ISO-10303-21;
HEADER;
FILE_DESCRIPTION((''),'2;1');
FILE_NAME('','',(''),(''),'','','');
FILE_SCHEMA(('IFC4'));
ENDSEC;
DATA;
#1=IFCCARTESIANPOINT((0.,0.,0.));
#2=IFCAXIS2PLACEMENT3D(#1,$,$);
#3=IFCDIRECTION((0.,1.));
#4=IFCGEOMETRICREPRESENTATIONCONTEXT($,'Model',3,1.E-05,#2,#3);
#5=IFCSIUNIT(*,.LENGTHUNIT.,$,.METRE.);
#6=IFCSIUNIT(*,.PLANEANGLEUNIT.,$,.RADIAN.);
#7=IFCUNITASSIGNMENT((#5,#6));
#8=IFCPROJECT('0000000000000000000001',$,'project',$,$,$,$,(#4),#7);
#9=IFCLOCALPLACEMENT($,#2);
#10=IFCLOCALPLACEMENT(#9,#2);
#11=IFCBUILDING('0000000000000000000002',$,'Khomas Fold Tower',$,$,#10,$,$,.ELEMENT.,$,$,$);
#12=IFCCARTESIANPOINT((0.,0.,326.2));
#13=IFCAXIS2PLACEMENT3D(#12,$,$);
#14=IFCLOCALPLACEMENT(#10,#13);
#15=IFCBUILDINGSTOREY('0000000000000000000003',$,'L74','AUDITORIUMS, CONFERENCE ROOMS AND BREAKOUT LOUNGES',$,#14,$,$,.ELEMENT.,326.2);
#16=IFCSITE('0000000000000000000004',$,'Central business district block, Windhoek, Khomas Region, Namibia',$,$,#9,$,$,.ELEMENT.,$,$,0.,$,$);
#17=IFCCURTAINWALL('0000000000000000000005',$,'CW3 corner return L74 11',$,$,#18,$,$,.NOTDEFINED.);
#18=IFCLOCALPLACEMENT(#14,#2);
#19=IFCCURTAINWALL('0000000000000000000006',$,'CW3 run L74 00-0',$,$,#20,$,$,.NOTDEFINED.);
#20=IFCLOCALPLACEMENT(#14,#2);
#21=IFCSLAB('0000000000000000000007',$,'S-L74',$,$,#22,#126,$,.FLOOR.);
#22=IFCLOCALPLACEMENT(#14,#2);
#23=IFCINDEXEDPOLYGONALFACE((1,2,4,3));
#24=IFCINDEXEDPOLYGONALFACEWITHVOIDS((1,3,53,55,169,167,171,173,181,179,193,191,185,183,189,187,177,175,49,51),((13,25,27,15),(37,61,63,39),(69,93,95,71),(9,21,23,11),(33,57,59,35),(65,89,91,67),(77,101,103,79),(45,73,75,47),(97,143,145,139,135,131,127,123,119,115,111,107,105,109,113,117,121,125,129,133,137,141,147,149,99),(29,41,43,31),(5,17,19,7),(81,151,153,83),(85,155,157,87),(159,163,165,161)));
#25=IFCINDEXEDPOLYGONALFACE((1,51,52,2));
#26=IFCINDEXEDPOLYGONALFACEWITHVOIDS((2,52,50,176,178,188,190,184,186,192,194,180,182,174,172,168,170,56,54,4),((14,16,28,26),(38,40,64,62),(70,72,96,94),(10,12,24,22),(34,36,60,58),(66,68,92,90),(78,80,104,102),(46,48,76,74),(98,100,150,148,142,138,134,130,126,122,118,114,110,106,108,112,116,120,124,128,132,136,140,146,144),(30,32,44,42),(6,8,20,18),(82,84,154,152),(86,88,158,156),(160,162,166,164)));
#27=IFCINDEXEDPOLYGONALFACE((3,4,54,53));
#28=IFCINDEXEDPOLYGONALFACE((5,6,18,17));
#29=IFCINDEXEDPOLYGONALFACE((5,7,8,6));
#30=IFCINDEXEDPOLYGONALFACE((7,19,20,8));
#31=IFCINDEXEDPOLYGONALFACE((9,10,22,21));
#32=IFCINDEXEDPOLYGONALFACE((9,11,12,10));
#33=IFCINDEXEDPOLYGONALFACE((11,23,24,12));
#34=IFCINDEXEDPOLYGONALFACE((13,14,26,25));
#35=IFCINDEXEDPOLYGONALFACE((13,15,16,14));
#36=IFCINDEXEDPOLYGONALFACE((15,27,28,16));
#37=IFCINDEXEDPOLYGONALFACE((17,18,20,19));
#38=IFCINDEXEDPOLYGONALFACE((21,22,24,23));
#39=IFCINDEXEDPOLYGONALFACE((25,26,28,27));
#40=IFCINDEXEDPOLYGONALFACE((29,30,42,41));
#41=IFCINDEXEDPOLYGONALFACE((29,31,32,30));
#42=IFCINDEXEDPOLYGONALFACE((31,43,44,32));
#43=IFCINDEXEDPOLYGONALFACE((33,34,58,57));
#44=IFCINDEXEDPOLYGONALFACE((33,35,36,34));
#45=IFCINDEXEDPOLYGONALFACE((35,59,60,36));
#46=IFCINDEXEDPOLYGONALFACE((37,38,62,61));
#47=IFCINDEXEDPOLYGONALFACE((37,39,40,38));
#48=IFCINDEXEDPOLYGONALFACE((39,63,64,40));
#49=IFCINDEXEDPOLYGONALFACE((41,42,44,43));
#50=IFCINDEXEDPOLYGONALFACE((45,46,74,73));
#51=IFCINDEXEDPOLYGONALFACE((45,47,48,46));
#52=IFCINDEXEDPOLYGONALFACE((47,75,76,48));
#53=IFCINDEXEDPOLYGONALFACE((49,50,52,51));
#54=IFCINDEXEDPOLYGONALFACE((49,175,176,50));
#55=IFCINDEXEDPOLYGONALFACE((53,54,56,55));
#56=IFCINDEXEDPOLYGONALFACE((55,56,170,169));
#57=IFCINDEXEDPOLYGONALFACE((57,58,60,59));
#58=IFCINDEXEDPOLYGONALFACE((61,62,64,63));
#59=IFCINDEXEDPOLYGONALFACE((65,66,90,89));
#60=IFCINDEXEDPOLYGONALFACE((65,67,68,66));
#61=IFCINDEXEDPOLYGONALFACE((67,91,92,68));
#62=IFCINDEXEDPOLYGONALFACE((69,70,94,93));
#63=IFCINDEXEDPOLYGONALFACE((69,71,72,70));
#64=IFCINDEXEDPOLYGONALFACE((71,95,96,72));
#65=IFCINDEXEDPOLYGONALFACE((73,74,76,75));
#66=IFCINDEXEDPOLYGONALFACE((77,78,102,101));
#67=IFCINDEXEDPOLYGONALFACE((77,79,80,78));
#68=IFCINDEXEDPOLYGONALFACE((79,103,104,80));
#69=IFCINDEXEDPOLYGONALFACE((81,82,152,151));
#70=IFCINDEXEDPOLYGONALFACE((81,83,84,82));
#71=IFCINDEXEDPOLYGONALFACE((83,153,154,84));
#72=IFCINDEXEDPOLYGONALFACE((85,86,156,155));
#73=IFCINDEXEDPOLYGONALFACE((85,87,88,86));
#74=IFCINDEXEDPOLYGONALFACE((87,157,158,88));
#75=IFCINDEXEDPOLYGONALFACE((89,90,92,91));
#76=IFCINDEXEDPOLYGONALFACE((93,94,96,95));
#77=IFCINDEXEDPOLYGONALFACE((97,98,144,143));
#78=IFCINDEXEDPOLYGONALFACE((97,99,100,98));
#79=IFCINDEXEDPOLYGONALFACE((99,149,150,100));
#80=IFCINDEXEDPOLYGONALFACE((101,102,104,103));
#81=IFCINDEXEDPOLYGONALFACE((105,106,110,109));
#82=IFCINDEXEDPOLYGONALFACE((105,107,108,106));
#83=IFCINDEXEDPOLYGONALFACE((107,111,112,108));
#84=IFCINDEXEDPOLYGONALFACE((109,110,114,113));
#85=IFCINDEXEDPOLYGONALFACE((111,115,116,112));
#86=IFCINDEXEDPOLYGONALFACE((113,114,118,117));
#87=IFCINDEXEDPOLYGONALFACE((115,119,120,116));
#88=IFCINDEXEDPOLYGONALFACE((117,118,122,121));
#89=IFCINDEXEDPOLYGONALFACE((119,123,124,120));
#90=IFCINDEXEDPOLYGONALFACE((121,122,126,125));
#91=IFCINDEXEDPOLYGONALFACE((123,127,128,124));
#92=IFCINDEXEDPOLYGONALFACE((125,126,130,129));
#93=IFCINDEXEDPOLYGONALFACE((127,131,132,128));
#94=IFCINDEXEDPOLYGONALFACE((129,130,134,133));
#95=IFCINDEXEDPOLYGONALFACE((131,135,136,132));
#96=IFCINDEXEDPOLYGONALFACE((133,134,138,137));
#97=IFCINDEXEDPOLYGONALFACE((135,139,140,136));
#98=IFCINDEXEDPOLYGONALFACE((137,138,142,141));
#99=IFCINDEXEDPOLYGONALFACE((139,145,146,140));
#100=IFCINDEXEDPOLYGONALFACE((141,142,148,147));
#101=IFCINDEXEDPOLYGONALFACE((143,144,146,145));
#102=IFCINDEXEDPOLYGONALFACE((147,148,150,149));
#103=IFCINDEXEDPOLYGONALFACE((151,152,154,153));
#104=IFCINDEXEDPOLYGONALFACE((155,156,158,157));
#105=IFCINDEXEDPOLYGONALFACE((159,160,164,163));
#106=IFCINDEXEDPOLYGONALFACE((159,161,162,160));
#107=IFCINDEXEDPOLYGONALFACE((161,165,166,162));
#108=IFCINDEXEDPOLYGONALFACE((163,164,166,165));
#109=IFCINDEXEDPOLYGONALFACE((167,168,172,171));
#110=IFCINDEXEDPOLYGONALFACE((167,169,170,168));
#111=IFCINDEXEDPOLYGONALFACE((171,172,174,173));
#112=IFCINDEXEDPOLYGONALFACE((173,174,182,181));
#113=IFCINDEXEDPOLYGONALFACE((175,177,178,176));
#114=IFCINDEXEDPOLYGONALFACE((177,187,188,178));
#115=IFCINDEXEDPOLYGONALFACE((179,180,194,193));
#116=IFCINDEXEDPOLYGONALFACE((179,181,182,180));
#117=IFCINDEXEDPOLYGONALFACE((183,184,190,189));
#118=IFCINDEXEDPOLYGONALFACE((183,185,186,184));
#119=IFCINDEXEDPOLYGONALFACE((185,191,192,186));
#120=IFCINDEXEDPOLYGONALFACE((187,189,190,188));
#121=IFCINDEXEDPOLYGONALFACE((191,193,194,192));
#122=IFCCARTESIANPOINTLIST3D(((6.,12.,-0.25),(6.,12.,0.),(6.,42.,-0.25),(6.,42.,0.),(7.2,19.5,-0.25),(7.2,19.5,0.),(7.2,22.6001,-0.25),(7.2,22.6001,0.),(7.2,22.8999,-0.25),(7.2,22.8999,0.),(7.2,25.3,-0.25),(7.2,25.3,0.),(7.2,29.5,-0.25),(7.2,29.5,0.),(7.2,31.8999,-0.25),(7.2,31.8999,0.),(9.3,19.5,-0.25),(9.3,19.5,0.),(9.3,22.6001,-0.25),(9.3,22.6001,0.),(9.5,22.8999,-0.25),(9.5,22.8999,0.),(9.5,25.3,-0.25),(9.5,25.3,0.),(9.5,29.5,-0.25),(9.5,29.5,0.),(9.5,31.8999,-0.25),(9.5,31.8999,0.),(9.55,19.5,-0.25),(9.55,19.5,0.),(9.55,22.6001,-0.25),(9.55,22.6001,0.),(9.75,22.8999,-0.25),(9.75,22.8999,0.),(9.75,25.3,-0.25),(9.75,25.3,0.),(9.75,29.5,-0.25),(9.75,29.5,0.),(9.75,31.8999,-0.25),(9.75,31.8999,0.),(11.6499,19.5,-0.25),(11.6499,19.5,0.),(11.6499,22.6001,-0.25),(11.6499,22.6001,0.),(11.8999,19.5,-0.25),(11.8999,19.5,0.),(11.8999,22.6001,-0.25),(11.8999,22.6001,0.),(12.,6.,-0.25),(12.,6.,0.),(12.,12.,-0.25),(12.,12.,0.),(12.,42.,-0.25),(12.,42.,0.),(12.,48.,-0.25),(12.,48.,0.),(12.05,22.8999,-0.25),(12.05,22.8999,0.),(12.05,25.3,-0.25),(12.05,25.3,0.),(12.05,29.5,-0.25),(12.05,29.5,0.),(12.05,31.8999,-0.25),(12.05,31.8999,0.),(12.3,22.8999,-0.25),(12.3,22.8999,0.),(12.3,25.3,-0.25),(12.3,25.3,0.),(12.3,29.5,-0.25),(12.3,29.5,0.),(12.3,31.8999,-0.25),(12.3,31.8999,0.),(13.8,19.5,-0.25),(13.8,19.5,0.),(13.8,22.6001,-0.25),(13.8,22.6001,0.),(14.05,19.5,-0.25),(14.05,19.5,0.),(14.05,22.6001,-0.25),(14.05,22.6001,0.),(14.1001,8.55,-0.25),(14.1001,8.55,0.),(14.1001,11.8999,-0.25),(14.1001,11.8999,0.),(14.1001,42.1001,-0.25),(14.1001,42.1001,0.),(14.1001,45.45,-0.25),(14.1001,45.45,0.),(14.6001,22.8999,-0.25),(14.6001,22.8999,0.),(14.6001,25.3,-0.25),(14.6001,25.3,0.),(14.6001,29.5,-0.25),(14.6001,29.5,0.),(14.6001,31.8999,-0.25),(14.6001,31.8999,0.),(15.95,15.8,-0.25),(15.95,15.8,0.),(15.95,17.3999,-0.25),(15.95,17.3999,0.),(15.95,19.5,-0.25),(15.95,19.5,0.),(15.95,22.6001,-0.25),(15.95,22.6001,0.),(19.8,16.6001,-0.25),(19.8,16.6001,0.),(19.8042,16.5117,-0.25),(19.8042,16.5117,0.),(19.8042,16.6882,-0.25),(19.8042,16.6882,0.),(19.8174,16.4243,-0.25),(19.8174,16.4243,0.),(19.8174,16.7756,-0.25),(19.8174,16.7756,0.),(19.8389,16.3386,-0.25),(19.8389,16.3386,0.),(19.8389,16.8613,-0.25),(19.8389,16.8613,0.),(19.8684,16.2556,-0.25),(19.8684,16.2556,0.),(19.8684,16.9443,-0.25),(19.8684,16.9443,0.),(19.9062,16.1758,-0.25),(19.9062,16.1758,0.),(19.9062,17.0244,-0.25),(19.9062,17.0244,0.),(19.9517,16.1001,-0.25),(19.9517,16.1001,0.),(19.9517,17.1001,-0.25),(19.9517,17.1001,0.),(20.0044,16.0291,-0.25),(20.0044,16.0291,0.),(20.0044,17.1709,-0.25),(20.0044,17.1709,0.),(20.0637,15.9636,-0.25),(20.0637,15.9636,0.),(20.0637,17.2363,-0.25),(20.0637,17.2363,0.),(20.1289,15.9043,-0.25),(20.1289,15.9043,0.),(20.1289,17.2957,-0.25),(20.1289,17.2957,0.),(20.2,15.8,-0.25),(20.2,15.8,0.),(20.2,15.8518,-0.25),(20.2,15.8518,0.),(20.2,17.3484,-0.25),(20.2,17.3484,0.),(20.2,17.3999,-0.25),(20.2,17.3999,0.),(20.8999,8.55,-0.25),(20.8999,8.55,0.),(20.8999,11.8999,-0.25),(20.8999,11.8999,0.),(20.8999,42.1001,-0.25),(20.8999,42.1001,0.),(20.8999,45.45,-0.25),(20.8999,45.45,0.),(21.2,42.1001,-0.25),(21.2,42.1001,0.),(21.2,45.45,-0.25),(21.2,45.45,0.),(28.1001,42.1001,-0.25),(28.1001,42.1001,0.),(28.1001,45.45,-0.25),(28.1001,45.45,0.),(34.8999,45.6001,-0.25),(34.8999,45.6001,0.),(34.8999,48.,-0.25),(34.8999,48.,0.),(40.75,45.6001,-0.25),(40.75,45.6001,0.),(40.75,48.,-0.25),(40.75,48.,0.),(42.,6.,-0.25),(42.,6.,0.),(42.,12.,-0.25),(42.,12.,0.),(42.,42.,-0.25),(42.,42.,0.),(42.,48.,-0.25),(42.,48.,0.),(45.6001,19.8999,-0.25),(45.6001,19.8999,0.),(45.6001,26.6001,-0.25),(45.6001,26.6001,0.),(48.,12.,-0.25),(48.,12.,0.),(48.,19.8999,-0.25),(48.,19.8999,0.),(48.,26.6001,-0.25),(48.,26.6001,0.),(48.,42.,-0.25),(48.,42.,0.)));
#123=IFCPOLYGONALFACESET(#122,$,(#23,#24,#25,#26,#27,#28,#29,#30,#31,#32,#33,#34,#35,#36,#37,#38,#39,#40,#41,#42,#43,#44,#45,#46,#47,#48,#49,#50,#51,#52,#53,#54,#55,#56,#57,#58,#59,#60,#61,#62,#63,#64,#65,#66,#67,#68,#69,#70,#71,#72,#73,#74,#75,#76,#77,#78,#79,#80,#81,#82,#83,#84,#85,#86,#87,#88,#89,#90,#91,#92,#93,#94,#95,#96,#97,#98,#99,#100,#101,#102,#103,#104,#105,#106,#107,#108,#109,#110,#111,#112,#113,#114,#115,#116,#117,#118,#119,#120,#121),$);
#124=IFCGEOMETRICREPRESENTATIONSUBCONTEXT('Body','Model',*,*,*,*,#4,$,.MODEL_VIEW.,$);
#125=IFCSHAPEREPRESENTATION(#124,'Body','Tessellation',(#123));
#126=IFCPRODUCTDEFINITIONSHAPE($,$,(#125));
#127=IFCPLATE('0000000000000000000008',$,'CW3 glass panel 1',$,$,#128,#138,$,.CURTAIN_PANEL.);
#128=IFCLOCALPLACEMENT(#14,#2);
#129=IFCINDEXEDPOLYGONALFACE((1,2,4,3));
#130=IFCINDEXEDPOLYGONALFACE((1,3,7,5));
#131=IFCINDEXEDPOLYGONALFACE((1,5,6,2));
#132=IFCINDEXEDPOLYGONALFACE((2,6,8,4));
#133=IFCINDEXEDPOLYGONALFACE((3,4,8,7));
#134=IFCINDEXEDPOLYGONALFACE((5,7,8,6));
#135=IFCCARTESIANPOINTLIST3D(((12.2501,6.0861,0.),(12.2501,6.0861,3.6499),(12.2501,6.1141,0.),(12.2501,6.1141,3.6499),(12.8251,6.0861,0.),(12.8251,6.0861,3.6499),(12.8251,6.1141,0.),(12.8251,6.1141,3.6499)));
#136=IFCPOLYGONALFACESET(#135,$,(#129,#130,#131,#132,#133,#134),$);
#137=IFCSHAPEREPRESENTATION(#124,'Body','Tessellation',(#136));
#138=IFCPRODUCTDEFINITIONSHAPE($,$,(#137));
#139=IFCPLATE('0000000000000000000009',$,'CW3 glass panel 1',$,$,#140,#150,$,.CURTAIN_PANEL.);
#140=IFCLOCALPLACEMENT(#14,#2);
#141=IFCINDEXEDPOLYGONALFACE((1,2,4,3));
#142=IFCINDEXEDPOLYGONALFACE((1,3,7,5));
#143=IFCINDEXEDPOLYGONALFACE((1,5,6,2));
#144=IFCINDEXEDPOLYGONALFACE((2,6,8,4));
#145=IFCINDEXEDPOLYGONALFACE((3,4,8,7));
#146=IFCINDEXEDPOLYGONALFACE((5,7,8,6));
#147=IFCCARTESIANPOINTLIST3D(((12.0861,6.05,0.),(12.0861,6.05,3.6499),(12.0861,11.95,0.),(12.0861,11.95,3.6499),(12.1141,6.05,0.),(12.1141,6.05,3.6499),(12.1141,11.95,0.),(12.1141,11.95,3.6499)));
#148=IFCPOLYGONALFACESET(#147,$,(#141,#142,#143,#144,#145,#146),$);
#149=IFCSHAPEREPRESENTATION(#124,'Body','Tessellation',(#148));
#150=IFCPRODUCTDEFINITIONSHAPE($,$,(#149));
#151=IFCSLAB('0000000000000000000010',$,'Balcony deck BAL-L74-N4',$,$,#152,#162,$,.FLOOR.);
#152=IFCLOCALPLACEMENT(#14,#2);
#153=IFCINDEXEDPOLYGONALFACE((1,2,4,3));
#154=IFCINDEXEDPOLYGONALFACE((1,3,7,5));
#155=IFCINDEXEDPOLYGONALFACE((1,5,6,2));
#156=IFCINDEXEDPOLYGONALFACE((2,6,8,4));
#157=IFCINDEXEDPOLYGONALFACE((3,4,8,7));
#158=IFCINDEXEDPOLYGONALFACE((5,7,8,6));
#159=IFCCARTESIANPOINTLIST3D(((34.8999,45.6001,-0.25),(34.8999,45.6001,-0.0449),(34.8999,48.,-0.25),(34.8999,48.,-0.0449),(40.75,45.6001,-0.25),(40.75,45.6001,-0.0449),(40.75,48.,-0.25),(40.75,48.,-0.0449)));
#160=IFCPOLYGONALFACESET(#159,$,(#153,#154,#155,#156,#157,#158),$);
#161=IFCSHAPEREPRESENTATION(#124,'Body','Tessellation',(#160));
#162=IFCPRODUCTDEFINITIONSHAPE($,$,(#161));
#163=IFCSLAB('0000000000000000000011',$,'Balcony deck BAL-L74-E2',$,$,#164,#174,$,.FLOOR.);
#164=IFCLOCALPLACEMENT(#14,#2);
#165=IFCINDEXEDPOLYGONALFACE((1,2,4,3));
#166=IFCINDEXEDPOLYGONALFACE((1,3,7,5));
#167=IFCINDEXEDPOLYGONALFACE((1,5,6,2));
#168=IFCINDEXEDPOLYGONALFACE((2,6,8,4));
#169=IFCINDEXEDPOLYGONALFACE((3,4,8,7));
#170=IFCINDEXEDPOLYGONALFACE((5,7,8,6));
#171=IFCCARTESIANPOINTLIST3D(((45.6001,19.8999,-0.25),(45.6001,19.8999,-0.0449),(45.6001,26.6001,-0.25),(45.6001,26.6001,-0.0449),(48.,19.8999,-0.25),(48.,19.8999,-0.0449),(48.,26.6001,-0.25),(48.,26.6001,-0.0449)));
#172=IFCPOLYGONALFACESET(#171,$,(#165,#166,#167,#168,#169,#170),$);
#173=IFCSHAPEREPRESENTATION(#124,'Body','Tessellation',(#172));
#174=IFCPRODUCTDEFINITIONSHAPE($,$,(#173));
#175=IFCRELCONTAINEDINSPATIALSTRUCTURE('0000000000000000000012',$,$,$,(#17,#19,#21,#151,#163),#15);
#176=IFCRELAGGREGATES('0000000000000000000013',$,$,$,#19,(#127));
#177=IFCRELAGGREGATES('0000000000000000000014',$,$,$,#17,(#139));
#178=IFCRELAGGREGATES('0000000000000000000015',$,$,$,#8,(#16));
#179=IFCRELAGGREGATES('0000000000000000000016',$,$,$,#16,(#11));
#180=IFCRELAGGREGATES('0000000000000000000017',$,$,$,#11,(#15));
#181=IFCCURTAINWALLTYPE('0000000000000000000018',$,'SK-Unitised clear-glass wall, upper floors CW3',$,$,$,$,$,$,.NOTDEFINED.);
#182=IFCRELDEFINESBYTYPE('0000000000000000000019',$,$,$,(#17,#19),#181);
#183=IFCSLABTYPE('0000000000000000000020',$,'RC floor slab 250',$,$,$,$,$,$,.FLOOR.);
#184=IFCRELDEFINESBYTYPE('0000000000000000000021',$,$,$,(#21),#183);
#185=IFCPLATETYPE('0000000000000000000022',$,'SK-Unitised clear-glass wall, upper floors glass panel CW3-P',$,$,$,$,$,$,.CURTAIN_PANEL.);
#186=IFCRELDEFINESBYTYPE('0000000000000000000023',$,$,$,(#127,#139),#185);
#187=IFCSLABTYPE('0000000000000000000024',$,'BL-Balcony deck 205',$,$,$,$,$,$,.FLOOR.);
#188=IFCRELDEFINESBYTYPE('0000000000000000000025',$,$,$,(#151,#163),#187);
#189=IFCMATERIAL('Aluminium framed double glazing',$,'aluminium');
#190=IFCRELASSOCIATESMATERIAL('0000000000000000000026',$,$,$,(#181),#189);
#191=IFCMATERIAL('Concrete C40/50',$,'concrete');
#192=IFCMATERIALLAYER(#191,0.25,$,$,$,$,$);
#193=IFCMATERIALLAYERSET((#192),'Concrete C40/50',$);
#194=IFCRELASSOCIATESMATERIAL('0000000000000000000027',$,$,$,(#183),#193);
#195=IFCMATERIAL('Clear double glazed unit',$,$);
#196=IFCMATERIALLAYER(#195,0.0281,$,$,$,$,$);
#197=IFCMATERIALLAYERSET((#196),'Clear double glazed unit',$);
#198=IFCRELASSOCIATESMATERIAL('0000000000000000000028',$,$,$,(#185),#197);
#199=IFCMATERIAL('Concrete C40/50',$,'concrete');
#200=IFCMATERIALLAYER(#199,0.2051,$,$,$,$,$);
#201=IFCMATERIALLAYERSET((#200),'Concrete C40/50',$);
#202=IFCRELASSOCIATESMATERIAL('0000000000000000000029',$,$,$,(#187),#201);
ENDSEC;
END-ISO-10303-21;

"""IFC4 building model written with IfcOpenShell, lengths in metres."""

from ifc_helpers import new_model, si_unit, direction, frame, origin, origin_2d, place, context, subcontext, project, spatial, polyline, rectangle, outline, extrude, source, transform, mapped, material, layer, layer_set, type_object, element, aggregate, save


model = new_model("IFC4")

# Units and contexts
model_context = context("Model", 3, precision=1e-05, world=origin(), true_north=direction((0.0, 1.0)))
body_context = subcontext(model_context, "Body", "Model", "MODEL_VIEW")
ifc_project = project(units=[si_unit("LENGTHUNIT", "METRE"), si_unit("PLANEANGLEUNIT", "RADIAN")], contexts=[model_context])

# Site, building, storey
site_placement = place(None, origin())
site = spatial("IfcSite", under=ifc_project, at=site_placement, Name="Central business district block, Windhoek, Khomas Region, Namibia", CompositionType="ELEMENT", RefElevation=0.0)
building_placement = place(site_placement, origin())
building = spatial("IfcBuilding", under=site, at=building_placement, Name="Khomas Fold Tower", CompositionType="ELEMENT")
storey_placement = place(building_placement, frame((0.0, 0.0, 326.2)))
storey = spatial("IfcBuildingStorey", under=building, at=storey_placement, Name="L74", Description="AUDITORIUMS, CONFERENCE ROOMS AND BREAKOUT LOUNGES", CompositionType="ELEMENT", Elevation=326.2)

# Shared definitions
ifc_material_1 = material(Name="Aluminium framed double glazing", Category="aluminium")
curtain_wall_type = type_object("IfcCurtainWallType", Name="SK-Unitised clear-glass wall, upper floors CW3", PredefinedType="NOTDEFINED", material=ifc_material_1)

# Curtain wall
curtain_wall_1_placement = place(storey_placement, origin())
curtain_wall_1 = element("IfcCurtainWall", 1, at=curtain_wall_1_placement, inside=storey, type_object=curtain_wall_type, Name="CW3 corner return L74 11", PredefinedType="NOTDEFINED")

# Curtain wall
curtain_wall_2_placement = place(storey_placement, origin())
curtain_wall_2 = element("IfcCurtainWall", 2, at=curtain_wall_2_placement, inside=storey, type_object=curtain_wall_type, Name="CW3 run L74 00-0", PredefinedType="NOTDEFINED")

# Slab
ifc_material_2 = material(Name="Concrete C40/50", Category="concrete")
ifc_layer_1 = layer(ifc_material_2, 0.25)
ifc_layer_set_1 = layer_set([ifc_layer_1], Name="Concrete C40/50")
slab_type_1 = type_object("IfcSlabType", Name="RC floor slab 250", PredefinedType="FLOOR", material=ifc_layer_set_1)
shared_shape_1 = source(origin(), body_context, "Body", "SweptSolid", [
    extrude(outline(polyline([(6.0, 12.0), (12.0, 12.0), (12.0, 6.0), (42.0, 6.0), (42.0, 12.0), (48.0, 12.0), (48.0, 19.8999), (45.6001, 19.8999), (45.6001, 26.6001), (48.0, 26.6001), (48.0, 42.0), (42.0, 42.0), (42.0, 48.0), (40.75, 48.0), (40.75, 45.6001), (34.8999, 45.6001), (34.8999, 48.0), (12.0, 48.0), (12.0, 42.0), (6.0, 42.0), (6.0, 12.0)]), holes=[polyline([(7.2, 19.5), (7.2, 22.6001), (9.3, 22.6001), (9.3, 19.5), (7.2, 19.5)]), polyline([(7.2, 22.8999), (7.2, 25.3), (9.5, 25.3), (9.5, 22.8999), (7.2, 22.8999)]), polyline([(7.2, 29.5), (7.2, 31.8999), (9.5, 31.8999), (9.5, 29.5), (7.2, 29.5)]), polyline([(9.55, 19.5), (9.55, 22.6001), (11.6499, 22.6001), (11.6499, 19.5), (9.55, 19.5)]), polyline([(9.75, 22.8999), (9.75, 25.3), (12.05, 25.3), (12.05, 22.8999), (9.75, 22.8999)]), polyline([(9.75, 29.5), (9.75, 31.8999), (12.05, 31.8999), (12.05, 29.5), (9.75, 29.5)]), polyline([(11.8999, 19.5), (11.8999, 22.6001), (13.8, 22.6001), (13.8, 19.5), (11.8999, 19.5)]), polyline([(12.3, 22.8999), (12.3, 25.3), (14.6001, 25.3), (14.6001, 22.8999), (12.3, 22.8999)]), polyline([(12.3, 29.5), (12.3, 31.8999), (14.6001, 31.8999), (14.6001, 29.5), (12.3, 29.5)]), polyline([(14.05, 19.5), (14.05, 22.6001), (15.95, 22.6001), (15.95, 19.5), (14.05, 19.5)]), polyline([(14.1001, 8.55), (14.1001, 11.8999), (20.8999, 11.8999), (20.8999, 8.55), (14.1001, 8.55)]), polyline([(14.1001, 42.1001), (14.1001, 45.45), (20.8999, 45.45), (20.8999, 42.1001), (14.1001, 42.1001)]), polyline([(15.95, 15.8), (15.95, 17.3999), (20.2, 17.3999), (20.2, 17.3484), (20.2, 17.3484), (20.1289, 17.2957), (20.0637, 17.2363), (20.0044, 17.1709), (19.9517, 17.1001), (19.9062, 17.0244), (19.8684, 16.9443), (19.8389, 16.8613), (19.8174, 16.7756), (19.8042, 16.6882), (19.8, 16.6001), (19.8042, 16.5117), (19.8174, 16.4243), (19.8389, 16.3386), (19.8684, 16.2556), (19.9062, 16.1758), (19.9517, 16.1001), (20.0044, 16.0291), (20.0637, 15.9636), (20.1289, 15.9043), (20.2, 15.8518), (20.2, 15.8518), (20.2, 15.8), (15.95, 15.8)]), polyline([(21.2, 42.1001), (21.2, 45.45), (28.1001, 45.45), (28.1001, 42.1001), (21.2, 42.1001)])]), origin(), (0.0, 0.0, 1.0), 0.25),
])
slab_1_placement = place(storey_placement, frame((0.0, 0.0, -0.25)))
element("IfcSlab", 3, at=slab_1_placement, inside=storey, type_object=slab_type_1, Name="S-L74", PredefinedType="FLOOR", context=body_context, shape_type="MappedRepresentation", body=[
    mapped(shared_shape_1, transform((0.0, 0.0, 0.0))),
])

# Plates
ifc_material_3 = material(Name="Clear double glazed unit")
ifc_layer_2 = layer(ifc_material_3, 0.0281)
ifc_layer_set_2 = layer_set([ifc_layer_2], Name="Clear double glazed unit")
plate_type = type_object("IfcPlateType", Name="SK-Unitised clear-glass wall, upper floors glass panel CW3-P", PredefinedType="CURTAIN_PANEL", material=ifc_layer_set_2)
shared_shape_2 = source(origin(), body_context, "Body", "SweptSolid", [
    extrude(rectangle(XDim=0.575, YDim=0.0281, at=origin_2d()), origin(), (0.0, 0.0, 1.0), 3.6499),
])
plate_1_placement = place(storey_placement, frame((12.5376, 6.1001, 0.0), z_axis=(0.0, 0.0, 1.0), x_axis=(1.0, 0.0, 0.0)))
plate_1 = element("IfcPlate", 4, at=plate_1_placement, type_object=plate_type, Name="CW3 glass panel 1", PredefinedType="CURTAIN_PANEL", context=body_context, shape_type="MappedRepresentation", body=[
    mapped(shared_shape_2, transform((0.0, 0.0, 0.0))),
])
aggregate(curtain_wall_2, [plate_1])
shared_shape_3 = source(origin(), body_context, "Body", "SweptSolid", [
    extrude(rectangle(XDim=5.8999, YDim=0.0281, at=origin_2d()), origin(), (0.0, 0.0, 1.0), 3.6499),
])
plate_2_placement = place(storey_placement, frame((12.1001, 9.0, 0.0), z_axis=(0.0, 0.0, 1.0), x_axis=(0.0, -1.0, 0.0)))
plate_2 = element("IfcPlate", 5, at=plate_2_placement, type_object=plate_type, Name="CW3 glass panel 1", PredefinedType="CURTAIN_PANEL", context=body_context, shape_type="MappedRepresentation", body=[
    mapped(shared_shape_3, transform((0.0, 0.0, 0.0))),
])
aggregate(curtain_wall_1, [plate_2])

# Slabs
ifc_material_4 = material(Name="Concrete C40/50", Category="concrete")
ifc_layer_3 = layer(ifc_material_4, 0.2051)
ifc_layer_set_3 = layer_set([ifc_layer_3], Name="Concrete C40/50")
slab_type_2 = type_object("IfcSlabType", Name="BL-Balcony deck 205", PredefinedType="FLOOR", material=ifc_layer_set_3)
shared_shape_4 = source(origin(), body_context, "Body", "SweptSolid", [
    extrude(outline(polyline([(34.8999, 45.6001), (40.75, 45.6001), (40.75, 48.0), (34.8999, 48.0), (34.8999, 45.6001)])), origin(), (0.0, 0.0, 1.0), 0.2051),
])
slab_2_placement = place(storey_placement, frame((0.0, 0.0, -0.25)))
element("IfcSlab", 6, at=slab_2_placement, inside=storey, type_object=slab_type_2, Name="Balcony deck BAL-L74-N4", PredefinedType="FLOOR", context=body_context, shape_type="MappedRepresentation", body=[
    mapped(shared_shape_4, transform((0.0, 0.0, 0.0))),
])
shared_shape_5 = source(origin(), body_context, "Body", "SweptSolid", [
    extrude(outline(polyline([(45.6001, 19.8999), (48.0, 19.8999), (48.0, 26.6001), (45.6001, 26.6001), (45.6001, 19.8999)])), origin(), (0.0, 0.0, 1.0), 0.2051),
])
slab_3_placement = place(storey_placement, frame((0.0, 0.0, -0.25)))
element("IfcSlab", 7, at=slab_3_placement, inside=storey, type_object=slab_type_2, Name="Balcony deck BAL-L74-E2", PredefinedType="FLOOR", context=body_context, shape_type="MappedRepresentation", body=[
    mapped(shared_shape_5, transform((0.0, 0.0, 0.0))),
])

save(model, "model.ifc")
